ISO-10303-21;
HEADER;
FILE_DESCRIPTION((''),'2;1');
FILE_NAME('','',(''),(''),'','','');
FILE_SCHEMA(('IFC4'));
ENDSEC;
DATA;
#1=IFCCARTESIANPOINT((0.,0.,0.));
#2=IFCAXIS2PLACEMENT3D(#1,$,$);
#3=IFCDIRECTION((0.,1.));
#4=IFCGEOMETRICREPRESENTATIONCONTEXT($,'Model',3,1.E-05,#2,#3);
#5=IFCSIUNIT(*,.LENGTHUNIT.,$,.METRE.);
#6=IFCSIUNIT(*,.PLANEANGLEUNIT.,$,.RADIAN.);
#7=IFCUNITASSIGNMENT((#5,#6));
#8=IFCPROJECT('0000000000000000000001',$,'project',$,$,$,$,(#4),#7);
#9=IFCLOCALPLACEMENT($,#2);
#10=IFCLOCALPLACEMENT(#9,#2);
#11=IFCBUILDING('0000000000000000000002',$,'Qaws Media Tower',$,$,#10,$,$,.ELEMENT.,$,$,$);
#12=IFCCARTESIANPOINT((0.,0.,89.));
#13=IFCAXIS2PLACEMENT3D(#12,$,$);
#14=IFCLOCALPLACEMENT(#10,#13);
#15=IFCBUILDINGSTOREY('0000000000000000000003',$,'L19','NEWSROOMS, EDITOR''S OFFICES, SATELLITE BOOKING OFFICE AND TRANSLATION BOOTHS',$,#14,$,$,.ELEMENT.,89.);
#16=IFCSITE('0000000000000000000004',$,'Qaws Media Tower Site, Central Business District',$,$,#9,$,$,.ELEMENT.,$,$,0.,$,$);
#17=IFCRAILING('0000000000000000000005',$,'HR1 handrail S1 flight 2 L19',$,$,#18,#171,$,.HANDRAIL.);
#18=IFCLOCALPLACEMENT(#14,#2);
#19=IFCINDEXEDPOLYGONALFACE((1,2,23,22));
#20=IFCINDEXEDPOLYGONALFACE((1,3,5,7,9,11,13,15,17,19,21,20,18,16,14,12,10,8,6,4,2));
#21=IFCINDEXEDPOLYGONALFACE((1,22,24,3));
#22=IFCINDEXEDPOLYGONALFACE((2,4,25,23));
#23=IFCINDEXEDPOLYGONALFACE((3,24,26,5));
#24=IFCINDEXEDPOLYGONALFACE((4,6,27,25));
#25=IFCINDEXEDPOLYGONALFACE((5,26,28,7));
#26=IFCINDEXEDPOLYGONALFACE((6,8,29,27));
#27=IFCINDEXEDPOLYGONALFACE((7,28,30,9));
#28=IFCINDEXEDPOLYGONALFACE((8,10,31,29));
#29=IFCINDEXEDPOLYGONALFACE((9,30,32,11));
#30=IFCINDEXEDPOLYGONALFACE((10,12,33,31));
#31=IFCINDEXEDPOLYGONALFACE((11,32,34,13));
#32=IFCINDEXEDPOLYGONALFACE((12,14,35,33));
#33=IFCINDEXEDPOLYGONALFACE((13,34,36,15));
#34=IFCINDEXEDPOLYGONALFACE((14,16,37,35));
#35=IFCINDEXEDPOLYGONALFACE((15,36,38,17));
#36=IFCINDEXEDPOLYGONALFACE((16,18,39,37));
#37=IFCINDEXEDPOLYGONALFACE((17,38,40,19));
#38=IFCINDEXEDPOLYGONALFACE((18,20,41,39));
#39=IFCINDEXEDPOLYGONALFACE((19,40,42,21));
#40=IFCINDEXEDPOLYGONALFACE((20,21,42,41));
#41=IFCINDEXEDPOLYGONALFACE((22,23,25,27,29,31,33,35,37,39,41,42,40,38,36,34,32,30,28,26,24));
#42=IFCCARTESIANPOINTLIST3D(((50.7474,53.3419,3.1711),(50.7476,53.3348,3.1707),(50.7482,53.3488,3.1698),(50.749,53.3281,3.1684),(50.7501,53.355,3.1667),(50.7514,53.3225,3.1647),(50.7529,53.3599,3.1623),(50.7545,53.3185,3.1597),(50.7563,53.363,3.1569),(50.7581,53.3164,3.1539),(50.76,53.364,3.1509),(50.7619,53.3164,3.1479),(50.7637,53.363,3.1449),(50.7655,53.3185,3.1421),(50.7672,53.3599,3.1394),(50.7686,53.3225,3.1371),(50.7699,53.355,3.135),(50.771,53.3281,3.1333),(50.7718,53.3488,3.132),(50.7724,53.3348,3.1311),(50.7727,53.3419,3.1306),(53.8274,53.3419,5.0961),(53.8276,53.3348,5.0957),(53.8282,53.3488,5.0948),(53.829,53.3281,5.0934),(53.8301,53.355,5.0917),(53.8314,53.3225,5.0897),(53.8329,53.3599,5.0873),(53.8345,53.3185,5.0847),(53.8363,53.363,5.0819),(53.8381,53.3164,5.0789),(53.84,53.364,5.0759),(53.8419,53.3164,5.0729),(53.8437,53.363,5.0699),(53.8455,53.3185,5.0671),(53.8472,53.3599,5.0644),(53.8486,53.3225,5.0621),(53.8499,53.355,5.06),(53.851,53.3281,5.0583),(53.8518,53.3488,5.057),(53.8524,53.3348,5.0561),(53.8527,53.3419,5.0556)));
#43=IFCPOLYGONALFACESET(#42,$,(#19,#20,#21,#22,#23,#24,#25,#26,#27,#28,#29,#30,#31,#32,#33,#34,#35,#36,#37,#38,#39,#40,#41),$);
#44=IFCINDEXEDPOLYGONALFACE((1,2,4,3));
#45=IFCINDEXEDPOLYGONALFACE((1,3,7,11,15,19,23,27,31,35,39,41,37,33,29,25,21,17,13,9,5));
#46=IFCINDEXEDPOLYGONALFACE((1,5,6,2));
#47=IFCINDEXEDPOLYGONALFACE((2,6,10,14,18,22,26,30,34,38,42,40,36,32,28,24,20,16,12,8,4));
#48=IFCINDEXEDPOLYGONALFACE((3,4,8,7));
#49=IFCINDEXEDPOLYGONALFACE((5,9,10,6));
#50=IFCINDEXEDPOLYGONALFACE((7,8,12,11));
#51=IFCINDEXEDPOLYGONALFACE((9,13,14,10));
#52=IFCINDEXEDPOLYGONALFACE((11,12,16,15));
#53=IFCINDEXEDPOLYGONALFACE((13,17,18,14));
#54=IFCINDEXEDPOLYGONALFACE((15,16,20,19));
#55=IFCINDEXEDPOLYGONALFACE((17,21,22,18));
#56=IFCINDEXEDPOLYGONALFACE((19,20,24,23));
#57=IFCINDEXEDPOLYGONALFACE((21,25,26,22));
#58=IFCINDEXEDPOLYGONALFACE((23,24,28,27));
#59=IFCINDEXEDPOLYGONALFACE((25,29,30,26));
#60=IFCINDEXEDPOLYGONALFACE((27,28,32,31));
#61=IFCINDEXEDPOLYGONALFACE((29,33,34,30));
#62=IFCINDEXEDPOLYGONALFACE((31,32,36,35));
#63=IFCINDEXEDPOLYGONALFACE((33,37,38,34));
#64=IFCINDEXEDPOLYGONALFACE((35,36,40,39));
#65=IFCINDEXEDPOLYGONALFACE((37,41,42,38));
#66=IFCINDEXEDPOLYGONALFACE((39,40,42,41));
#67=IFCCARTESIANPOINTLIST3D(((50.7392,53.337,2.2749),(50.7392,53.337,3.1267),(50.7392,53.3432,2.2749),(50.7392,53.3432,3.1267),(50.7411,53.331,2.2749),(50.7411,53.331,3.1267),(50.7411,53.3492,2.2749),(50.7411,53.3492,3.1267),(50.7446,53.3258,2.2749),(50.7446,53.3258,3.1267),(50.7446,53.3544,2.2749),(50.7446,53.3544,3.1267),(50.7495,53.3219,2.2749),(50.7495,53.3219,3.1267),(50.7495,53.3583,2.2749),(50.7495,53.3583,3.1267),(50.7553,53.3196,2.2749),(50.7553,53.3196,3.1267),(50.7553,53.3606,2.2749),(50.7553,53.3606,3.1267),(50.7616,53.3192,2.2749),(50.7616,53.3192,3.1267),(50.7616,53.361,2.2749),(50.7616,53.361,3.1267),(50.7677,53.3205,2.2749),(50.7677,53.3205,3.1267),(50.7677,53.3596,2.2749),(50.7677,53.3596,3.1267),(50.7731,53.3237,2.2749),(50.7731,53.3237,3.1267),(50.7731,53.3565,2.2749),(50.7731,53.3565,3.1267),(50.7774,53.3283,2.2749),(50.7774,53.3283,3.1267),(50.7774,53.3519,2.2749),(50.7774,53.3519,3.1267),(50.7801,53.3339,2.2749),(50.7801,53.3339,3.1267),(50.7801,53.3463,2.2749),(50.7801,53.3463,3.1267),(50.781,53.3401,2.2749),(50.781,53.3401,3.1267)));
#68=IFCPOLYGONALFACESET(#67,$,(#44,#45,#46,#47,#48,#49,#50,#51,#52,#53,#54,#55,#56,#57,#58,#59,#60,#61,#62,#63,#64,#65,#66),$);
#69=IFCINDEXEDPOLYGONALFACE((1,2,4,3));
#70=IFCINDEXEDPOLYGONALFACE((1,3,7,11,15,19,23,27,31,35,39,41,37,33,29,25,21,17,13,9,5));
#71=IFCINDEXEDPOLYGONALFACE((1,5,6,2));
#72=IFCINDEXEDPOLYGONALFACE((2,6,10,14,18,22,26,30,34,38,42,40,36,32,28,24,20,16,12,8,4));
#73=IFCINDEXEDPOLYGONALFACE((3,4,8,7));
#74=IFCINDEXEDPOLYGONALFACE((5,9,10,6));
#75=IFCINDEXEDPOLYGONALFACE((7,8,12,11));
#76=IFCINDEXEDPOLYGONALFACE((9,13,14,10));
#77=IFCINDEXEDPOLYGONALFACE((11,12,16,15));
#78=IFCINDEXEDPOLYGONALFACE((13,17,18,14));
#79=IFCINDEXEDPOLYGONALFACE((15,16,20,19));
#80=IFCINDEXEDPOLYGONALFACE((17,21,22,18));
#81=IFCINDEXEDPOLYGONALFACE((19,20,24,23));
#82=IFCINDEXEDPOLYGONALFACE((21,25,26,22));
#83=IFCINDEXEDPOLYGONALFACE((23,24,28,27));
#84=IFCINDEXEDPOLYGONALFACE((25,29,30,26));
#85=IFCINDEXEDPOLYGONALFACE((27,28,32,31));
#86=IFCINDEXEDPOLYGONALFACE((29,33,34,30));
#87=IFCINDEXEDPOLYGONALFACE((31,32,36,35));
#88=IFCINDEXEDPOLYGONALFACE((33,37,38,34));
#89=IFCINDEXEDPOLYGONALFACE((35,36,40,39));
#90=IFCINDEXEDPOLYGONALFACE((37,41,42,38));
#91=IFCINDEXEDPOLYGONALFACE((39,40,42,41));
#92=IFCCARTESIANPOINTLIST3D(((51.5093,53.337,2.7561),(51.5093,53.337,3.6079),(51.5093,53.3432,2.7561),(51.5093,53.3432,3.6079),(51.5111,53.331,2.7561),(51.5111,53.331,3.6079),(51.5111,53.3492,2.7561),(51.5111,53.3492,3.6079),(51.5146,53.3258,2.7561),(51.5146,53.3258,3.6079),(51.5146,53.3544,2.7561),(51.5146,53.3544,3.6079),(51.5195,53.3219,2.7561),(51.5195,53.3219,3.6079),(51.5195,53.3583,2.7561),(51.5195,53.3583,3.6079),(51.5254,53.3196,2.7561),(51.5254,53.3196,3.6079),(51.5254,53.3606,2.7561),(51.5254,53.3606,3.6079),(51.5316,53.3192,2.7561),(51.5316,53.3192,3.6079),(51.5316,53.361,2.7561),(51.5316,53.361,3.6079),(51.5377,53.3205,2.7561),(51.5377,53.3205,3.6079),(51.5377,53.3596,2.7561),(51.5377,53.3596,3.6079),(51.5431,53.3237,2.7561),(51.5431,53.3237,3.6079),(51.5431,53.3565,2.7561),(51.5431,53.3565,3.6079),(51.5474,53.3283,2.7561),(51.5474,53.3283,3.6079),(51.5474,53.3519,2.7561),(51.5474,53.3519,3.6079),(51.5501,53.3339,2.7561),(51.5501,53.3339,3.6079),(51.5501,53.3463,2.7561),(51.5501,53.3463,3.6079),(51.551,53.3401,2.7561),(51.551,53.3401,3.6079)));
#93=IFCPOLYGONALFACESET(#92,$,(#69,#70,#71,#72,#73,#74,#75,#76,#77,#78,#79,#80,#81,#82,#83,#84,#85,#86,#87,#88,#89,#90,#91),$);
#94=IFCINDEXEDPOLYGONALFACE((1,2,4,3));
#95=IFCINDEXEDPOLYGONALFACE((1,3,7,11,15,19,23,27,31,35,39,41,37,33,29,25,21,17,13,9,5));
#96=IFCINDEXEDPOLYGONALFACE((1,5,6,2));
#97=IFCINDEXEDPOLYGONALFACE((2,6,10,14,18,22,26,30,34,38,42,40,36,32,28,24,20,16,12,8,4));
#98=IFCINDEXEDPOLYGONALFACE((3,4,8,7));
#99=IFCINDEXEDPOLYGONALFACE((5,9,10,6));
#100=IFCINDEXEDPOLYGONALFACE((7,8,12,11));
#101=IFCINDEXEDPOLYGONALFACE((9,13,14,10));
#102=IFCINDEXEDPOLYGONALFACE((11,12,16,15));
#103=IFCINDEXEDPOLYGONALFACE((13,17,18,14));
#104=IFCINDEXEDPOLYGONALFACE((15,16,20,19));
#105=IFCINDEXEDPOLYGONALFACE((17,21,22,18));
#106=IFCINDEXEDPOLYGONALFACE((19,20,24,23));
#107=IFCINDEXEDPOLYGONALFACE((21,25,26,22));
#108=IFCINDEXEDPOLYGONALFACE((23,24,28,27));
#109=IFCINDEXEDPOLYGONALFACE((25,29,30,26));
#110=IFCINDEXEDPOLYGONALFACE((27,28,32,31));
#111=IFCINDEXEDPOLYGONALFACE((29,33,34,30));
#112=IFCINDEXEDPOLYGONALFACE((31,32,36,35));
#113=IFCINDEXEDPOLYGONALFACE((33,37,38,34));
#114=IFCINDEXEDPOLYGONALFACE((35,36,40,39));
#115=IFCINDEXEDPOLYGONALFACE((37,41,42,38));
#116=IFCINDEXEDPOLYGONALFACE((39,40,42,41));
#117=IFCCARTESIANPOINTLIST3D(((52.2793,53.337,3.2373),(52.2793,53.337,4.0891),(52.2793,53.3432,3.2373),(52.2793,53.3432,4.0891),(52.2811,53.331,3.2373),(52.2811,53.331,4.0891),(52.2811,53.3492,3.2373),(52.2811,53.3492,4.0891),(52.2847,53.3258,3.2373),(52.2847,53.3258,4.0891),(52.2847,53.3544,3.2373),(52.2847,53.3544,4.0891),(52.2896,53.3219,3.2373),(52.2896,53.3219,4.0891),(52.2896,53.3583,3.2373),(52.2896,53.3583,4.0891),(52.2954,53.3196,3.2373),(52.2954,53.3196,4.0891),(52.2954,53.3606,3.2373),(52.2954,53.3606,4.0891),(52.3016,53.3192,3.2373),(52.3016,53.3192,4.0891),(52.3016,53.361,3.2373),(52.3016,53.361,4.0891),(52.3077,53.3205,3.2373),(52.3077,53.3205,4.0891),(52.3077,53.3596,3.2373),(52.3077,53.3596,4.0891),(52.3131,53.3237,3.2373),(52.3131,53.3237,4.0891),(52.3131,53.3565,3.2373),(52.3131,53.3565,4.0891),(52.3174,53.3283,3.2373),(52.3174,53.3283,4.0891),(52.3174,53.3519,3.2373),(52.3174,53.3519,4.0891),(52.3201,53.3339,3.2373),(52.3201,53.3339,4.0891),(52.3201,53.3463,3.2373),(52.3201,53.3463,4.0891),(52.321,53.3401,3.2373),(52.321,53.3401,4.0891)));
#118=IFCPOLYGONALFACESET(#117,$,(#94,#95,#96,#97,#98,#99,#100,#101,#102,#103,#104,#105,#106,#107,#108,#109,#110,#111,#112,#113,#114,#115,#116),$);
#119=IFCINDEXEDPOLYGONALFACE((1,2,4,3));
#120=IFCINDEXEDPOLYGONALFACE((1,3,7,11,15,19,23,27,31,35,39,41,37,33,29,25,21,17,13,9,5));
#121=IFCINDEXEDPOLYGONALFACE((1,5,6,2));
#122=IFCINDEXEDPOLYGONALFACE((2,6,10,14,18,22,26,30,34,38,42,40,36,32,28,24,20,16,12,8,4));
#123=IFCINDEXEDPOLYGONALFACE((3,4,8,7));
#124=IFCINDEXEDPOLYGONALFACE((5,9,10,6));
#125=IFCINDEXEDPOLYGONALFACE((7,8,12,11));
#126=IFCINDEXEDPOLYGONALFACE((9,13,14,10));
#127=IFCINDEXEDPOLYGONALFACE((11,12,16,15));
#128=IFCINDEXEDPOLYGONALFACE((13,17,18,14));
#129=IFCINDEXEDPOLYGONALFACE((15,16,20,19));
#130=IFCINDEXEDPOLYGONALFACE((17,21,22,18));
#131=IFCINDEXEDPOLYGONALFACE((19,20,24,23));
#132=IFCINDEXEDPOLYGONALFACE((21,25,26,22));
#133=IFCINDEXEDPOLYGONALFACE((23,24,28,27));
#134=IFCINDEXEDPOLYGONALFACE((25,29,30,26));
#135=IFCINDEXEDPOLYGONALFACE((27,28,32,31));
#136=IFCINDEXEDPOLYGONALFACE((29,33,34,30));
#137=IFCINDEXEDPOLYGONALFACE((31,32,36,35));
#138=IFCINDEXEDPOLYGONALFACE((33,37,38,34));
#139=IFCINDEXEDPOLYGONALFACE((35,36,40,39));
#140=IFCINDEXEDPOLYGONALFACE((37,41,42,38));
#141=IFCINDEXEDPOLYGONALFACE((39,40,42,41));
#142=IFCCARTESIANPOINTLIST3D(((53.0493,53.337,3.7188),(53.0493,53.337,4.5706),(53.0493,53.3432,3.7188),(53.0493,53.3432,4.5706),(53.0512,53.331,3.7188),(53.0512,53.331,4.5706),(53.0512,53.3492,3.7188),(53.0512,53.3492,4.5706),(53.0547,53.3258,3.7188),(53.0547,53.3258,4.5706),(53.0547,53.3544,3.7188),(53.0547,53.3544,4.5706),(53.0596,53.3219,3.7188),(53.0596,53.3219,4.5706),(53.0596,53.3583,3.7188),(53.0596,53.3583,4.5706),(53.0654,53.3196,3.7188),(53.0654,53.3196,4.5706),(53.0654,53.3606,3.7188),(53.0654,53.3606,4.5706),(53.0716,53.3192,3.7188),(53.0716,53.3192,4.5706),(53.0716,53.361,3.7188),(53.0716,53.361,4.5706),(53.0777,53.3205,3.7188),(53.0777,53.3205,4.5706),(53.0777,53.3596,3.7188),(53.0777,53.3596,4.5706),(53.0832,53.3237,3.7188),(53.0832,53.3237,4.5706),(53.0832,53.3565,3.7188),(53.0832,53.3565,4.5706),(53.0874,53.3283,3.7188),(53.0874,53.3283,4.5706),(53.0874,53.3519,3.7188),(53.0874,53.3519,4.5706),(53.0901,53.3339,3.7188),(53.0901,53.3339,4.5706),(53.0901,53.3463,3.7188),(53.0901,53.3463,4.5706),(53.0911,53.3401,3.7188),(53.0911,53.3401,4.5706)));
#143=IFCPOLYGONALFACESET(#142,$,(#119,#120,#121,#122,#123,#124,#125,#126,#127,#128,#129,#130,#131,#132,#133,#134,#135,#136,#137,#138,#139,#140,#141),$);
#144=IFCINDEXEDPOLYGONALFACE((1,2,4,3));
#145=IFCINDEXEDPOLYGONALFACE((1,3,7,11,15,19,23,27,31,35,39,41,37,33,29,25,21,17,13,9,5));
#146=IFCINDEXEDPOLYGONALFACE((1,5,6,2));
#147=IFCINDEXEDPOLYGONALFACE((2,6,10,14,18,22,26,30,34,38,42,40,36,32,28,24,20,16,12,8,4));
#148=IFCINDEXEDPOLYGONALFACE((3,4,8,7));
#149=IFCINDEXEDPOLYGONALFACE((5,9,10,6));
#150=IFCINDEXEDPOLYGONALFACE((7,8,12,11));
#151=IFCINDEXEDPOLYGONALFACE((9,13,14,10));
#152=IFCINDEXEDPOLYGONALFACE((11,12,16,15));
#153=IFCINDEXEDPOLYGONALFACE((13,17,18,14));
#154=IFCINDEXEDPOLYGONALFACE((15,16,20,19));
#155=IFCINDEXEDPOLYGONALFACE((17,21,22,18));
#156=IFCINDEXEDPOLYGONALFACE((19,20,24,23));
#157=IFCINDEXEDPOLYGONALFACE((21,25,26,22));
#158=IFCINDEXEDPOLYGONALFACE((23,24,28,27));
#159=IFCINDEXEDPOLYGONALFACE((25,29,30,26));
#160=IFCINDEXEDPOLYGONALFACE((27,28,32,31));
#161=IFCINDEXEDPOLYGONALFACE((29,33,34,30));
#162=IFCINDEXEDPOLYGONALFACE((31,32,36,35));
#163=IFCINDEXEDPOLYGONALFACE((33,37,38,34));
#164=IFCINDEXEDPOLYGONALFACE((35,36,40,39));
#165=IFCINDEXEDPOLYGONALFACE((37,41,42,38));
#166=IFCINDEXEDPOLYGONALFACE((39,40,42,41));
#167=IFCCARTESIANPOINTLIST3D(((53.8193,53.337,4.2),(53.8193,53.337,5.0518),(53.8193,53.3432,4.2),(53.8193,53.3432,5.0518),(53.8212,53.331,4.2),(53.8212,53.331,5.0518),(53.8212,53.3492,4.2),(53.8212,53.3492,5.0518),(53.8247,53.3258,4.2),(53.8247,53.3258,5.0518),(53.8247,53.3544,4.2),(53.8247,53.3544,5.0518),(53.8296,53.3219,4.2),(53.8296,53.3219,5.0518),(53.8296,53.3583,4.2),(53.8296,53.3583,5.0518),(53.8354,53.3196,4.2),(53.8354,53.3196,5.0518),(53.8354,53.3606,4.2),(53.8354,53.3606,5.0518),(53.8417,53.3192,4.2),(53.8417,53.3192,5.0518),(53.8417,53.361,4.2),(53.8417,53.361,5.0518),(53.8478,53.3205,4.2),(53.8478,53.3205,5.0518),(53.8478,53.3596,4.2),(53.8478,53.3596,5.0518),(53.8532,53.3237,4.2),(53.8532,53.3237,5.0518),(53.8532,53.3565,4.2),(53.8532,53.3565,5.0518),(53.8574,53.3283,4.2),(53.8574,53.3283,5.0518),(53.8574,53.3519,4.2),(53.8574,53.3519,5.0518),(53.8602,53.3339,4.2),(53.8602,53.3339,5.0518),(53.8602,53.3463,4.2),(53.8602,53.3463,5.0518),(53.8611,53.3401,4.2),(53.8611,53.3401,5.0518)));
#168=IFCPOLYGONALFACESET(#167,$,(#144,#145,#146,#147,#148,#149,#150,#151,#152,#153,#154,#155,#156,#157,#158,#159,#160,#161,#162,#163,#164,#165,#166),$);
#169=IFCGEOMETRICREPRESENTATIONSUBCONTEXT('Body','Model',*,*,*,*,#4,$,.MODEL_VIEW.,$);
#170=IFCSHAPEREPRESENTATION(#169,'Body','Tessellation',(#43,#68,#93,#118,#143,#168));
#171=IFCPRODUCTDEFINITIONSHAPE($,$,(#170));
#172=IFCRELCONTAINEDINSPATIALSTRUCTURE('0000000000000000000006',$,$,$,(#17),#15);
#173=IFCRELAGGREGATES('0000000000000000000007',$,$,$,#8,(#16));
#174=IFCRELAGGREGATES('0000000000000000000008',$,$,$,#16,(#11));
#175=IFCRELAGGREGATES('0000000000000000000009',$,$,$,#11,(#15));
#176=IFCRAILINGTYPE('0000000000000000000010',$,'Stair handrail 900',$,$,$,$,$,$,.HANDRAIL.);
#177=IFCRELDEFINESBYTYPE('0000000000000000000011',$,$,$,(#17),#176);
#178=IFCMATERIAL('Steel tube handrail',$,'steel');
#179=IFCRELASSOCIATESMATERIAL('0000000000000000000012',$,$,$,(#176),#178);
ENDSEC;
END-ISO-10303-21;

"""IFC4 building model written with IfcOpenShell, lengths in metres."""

from ifc_helpers import new_model, si_unit, direction, frame, origin, origin_2d, place, context, subcontext, project, spatial, circle, extrude, material, type_object, element, save


model = new_model("IFC4")

# Units and contexts
model_context = context("Model", 3, precision=1e-05, world=origin(), true_north=direction((0.0, 1.0)))
body_context = subcontext(model_context, "Body", "Model", "MODEL_VIEW")
ifc_project = project(units=[si_unit("LENGTHUNIT", "METRE"), si_unit("PLANEANGLEUNIT", "RADIAN")], contexts=[model_context])

# Site, building, storey
site_placement = place(None, origin())
site = spatial("IfcSite", under=ifc_project, at=site_placement, Name="Qaws Media Tower Site, Central Business District", CompositionType="ELEMENT", RefElevation=0.0)
building_placement = place(site_placement, origin())
building = spatial("IfcBuilding", under=site, at=building_placement, Name="Qaws Media Tower", CompositionType="ELEMENT")
storey_placement = place(building_placement, frame((0.0, 0.0, 89.0)))
storey = spatial("IfcBuildingStorey", under=building, at=storey_placement, Name="L19", Description="NEWSROOMS, EDITOR'S OFFICES, SATELLITE BOOKING OFFICE AND TRANSLATION BOOTHS", CompositionType="ELEMENT", Elevation=89.0)

# Railing
ifc_material_1 = material(Name="Steel tube handrail", Category="steel")
railing_type = type_object("IfcRailingType", Name="Stair handrail 900", PredefinedType="HANDRAIL", material=ifc_material_1)
for number, where, name in (
    (1, (50.76, 53.3401, 2.2749), "HR1 handrail S1 flight 2 L19"),
):
    element("IfcRailing", number, at=place(storey_placement, frame(where)), inside=storey, type_object=railing_type, Name=name, PredefinedType="HANDRAIL", context=body_context, shape_type="SweptSolid", body=[
        extrude(circle(Radius=0.0239, at=origin_2d()), frame((0.0, 0.0, 0.876), z_axis=(0.847998, 0.0, 0.529999), x_axis=(0.0, 1.0, 0.0)), (0.0, 0.0, 1.0), 3.6321),
        extrude(circle(Radius=0.021, at=origin_2d()), origin(), (0.0, 0.0, 1.0), 0.8518),
        extrude(circle(Radius=0.021, at=origin_2d()), frame((0.77, 0.0, 0.4812)), (0.0, 0.0, 1.0), 0.8518),
        extrude(circle(Radius=0.021, at=origin_2d()), frame((1.54, 0.0, 0.9624)), (0.0, 0.0, 1.0), 0.8518),
        extrude(circle(Radius=0.021, at=origin_2d()), frame((2.3101, 0.0, 1.4438)), (0.0, 0.0, 1.0), 0.8518),
        extrude(circle(Radius=0.021, at=origin_2d()), frame((3.0801, 0.0, 1.925)), (0.0, 0.0, 1.0), 0.8518),
    ])

save(model, "model.ifc")
